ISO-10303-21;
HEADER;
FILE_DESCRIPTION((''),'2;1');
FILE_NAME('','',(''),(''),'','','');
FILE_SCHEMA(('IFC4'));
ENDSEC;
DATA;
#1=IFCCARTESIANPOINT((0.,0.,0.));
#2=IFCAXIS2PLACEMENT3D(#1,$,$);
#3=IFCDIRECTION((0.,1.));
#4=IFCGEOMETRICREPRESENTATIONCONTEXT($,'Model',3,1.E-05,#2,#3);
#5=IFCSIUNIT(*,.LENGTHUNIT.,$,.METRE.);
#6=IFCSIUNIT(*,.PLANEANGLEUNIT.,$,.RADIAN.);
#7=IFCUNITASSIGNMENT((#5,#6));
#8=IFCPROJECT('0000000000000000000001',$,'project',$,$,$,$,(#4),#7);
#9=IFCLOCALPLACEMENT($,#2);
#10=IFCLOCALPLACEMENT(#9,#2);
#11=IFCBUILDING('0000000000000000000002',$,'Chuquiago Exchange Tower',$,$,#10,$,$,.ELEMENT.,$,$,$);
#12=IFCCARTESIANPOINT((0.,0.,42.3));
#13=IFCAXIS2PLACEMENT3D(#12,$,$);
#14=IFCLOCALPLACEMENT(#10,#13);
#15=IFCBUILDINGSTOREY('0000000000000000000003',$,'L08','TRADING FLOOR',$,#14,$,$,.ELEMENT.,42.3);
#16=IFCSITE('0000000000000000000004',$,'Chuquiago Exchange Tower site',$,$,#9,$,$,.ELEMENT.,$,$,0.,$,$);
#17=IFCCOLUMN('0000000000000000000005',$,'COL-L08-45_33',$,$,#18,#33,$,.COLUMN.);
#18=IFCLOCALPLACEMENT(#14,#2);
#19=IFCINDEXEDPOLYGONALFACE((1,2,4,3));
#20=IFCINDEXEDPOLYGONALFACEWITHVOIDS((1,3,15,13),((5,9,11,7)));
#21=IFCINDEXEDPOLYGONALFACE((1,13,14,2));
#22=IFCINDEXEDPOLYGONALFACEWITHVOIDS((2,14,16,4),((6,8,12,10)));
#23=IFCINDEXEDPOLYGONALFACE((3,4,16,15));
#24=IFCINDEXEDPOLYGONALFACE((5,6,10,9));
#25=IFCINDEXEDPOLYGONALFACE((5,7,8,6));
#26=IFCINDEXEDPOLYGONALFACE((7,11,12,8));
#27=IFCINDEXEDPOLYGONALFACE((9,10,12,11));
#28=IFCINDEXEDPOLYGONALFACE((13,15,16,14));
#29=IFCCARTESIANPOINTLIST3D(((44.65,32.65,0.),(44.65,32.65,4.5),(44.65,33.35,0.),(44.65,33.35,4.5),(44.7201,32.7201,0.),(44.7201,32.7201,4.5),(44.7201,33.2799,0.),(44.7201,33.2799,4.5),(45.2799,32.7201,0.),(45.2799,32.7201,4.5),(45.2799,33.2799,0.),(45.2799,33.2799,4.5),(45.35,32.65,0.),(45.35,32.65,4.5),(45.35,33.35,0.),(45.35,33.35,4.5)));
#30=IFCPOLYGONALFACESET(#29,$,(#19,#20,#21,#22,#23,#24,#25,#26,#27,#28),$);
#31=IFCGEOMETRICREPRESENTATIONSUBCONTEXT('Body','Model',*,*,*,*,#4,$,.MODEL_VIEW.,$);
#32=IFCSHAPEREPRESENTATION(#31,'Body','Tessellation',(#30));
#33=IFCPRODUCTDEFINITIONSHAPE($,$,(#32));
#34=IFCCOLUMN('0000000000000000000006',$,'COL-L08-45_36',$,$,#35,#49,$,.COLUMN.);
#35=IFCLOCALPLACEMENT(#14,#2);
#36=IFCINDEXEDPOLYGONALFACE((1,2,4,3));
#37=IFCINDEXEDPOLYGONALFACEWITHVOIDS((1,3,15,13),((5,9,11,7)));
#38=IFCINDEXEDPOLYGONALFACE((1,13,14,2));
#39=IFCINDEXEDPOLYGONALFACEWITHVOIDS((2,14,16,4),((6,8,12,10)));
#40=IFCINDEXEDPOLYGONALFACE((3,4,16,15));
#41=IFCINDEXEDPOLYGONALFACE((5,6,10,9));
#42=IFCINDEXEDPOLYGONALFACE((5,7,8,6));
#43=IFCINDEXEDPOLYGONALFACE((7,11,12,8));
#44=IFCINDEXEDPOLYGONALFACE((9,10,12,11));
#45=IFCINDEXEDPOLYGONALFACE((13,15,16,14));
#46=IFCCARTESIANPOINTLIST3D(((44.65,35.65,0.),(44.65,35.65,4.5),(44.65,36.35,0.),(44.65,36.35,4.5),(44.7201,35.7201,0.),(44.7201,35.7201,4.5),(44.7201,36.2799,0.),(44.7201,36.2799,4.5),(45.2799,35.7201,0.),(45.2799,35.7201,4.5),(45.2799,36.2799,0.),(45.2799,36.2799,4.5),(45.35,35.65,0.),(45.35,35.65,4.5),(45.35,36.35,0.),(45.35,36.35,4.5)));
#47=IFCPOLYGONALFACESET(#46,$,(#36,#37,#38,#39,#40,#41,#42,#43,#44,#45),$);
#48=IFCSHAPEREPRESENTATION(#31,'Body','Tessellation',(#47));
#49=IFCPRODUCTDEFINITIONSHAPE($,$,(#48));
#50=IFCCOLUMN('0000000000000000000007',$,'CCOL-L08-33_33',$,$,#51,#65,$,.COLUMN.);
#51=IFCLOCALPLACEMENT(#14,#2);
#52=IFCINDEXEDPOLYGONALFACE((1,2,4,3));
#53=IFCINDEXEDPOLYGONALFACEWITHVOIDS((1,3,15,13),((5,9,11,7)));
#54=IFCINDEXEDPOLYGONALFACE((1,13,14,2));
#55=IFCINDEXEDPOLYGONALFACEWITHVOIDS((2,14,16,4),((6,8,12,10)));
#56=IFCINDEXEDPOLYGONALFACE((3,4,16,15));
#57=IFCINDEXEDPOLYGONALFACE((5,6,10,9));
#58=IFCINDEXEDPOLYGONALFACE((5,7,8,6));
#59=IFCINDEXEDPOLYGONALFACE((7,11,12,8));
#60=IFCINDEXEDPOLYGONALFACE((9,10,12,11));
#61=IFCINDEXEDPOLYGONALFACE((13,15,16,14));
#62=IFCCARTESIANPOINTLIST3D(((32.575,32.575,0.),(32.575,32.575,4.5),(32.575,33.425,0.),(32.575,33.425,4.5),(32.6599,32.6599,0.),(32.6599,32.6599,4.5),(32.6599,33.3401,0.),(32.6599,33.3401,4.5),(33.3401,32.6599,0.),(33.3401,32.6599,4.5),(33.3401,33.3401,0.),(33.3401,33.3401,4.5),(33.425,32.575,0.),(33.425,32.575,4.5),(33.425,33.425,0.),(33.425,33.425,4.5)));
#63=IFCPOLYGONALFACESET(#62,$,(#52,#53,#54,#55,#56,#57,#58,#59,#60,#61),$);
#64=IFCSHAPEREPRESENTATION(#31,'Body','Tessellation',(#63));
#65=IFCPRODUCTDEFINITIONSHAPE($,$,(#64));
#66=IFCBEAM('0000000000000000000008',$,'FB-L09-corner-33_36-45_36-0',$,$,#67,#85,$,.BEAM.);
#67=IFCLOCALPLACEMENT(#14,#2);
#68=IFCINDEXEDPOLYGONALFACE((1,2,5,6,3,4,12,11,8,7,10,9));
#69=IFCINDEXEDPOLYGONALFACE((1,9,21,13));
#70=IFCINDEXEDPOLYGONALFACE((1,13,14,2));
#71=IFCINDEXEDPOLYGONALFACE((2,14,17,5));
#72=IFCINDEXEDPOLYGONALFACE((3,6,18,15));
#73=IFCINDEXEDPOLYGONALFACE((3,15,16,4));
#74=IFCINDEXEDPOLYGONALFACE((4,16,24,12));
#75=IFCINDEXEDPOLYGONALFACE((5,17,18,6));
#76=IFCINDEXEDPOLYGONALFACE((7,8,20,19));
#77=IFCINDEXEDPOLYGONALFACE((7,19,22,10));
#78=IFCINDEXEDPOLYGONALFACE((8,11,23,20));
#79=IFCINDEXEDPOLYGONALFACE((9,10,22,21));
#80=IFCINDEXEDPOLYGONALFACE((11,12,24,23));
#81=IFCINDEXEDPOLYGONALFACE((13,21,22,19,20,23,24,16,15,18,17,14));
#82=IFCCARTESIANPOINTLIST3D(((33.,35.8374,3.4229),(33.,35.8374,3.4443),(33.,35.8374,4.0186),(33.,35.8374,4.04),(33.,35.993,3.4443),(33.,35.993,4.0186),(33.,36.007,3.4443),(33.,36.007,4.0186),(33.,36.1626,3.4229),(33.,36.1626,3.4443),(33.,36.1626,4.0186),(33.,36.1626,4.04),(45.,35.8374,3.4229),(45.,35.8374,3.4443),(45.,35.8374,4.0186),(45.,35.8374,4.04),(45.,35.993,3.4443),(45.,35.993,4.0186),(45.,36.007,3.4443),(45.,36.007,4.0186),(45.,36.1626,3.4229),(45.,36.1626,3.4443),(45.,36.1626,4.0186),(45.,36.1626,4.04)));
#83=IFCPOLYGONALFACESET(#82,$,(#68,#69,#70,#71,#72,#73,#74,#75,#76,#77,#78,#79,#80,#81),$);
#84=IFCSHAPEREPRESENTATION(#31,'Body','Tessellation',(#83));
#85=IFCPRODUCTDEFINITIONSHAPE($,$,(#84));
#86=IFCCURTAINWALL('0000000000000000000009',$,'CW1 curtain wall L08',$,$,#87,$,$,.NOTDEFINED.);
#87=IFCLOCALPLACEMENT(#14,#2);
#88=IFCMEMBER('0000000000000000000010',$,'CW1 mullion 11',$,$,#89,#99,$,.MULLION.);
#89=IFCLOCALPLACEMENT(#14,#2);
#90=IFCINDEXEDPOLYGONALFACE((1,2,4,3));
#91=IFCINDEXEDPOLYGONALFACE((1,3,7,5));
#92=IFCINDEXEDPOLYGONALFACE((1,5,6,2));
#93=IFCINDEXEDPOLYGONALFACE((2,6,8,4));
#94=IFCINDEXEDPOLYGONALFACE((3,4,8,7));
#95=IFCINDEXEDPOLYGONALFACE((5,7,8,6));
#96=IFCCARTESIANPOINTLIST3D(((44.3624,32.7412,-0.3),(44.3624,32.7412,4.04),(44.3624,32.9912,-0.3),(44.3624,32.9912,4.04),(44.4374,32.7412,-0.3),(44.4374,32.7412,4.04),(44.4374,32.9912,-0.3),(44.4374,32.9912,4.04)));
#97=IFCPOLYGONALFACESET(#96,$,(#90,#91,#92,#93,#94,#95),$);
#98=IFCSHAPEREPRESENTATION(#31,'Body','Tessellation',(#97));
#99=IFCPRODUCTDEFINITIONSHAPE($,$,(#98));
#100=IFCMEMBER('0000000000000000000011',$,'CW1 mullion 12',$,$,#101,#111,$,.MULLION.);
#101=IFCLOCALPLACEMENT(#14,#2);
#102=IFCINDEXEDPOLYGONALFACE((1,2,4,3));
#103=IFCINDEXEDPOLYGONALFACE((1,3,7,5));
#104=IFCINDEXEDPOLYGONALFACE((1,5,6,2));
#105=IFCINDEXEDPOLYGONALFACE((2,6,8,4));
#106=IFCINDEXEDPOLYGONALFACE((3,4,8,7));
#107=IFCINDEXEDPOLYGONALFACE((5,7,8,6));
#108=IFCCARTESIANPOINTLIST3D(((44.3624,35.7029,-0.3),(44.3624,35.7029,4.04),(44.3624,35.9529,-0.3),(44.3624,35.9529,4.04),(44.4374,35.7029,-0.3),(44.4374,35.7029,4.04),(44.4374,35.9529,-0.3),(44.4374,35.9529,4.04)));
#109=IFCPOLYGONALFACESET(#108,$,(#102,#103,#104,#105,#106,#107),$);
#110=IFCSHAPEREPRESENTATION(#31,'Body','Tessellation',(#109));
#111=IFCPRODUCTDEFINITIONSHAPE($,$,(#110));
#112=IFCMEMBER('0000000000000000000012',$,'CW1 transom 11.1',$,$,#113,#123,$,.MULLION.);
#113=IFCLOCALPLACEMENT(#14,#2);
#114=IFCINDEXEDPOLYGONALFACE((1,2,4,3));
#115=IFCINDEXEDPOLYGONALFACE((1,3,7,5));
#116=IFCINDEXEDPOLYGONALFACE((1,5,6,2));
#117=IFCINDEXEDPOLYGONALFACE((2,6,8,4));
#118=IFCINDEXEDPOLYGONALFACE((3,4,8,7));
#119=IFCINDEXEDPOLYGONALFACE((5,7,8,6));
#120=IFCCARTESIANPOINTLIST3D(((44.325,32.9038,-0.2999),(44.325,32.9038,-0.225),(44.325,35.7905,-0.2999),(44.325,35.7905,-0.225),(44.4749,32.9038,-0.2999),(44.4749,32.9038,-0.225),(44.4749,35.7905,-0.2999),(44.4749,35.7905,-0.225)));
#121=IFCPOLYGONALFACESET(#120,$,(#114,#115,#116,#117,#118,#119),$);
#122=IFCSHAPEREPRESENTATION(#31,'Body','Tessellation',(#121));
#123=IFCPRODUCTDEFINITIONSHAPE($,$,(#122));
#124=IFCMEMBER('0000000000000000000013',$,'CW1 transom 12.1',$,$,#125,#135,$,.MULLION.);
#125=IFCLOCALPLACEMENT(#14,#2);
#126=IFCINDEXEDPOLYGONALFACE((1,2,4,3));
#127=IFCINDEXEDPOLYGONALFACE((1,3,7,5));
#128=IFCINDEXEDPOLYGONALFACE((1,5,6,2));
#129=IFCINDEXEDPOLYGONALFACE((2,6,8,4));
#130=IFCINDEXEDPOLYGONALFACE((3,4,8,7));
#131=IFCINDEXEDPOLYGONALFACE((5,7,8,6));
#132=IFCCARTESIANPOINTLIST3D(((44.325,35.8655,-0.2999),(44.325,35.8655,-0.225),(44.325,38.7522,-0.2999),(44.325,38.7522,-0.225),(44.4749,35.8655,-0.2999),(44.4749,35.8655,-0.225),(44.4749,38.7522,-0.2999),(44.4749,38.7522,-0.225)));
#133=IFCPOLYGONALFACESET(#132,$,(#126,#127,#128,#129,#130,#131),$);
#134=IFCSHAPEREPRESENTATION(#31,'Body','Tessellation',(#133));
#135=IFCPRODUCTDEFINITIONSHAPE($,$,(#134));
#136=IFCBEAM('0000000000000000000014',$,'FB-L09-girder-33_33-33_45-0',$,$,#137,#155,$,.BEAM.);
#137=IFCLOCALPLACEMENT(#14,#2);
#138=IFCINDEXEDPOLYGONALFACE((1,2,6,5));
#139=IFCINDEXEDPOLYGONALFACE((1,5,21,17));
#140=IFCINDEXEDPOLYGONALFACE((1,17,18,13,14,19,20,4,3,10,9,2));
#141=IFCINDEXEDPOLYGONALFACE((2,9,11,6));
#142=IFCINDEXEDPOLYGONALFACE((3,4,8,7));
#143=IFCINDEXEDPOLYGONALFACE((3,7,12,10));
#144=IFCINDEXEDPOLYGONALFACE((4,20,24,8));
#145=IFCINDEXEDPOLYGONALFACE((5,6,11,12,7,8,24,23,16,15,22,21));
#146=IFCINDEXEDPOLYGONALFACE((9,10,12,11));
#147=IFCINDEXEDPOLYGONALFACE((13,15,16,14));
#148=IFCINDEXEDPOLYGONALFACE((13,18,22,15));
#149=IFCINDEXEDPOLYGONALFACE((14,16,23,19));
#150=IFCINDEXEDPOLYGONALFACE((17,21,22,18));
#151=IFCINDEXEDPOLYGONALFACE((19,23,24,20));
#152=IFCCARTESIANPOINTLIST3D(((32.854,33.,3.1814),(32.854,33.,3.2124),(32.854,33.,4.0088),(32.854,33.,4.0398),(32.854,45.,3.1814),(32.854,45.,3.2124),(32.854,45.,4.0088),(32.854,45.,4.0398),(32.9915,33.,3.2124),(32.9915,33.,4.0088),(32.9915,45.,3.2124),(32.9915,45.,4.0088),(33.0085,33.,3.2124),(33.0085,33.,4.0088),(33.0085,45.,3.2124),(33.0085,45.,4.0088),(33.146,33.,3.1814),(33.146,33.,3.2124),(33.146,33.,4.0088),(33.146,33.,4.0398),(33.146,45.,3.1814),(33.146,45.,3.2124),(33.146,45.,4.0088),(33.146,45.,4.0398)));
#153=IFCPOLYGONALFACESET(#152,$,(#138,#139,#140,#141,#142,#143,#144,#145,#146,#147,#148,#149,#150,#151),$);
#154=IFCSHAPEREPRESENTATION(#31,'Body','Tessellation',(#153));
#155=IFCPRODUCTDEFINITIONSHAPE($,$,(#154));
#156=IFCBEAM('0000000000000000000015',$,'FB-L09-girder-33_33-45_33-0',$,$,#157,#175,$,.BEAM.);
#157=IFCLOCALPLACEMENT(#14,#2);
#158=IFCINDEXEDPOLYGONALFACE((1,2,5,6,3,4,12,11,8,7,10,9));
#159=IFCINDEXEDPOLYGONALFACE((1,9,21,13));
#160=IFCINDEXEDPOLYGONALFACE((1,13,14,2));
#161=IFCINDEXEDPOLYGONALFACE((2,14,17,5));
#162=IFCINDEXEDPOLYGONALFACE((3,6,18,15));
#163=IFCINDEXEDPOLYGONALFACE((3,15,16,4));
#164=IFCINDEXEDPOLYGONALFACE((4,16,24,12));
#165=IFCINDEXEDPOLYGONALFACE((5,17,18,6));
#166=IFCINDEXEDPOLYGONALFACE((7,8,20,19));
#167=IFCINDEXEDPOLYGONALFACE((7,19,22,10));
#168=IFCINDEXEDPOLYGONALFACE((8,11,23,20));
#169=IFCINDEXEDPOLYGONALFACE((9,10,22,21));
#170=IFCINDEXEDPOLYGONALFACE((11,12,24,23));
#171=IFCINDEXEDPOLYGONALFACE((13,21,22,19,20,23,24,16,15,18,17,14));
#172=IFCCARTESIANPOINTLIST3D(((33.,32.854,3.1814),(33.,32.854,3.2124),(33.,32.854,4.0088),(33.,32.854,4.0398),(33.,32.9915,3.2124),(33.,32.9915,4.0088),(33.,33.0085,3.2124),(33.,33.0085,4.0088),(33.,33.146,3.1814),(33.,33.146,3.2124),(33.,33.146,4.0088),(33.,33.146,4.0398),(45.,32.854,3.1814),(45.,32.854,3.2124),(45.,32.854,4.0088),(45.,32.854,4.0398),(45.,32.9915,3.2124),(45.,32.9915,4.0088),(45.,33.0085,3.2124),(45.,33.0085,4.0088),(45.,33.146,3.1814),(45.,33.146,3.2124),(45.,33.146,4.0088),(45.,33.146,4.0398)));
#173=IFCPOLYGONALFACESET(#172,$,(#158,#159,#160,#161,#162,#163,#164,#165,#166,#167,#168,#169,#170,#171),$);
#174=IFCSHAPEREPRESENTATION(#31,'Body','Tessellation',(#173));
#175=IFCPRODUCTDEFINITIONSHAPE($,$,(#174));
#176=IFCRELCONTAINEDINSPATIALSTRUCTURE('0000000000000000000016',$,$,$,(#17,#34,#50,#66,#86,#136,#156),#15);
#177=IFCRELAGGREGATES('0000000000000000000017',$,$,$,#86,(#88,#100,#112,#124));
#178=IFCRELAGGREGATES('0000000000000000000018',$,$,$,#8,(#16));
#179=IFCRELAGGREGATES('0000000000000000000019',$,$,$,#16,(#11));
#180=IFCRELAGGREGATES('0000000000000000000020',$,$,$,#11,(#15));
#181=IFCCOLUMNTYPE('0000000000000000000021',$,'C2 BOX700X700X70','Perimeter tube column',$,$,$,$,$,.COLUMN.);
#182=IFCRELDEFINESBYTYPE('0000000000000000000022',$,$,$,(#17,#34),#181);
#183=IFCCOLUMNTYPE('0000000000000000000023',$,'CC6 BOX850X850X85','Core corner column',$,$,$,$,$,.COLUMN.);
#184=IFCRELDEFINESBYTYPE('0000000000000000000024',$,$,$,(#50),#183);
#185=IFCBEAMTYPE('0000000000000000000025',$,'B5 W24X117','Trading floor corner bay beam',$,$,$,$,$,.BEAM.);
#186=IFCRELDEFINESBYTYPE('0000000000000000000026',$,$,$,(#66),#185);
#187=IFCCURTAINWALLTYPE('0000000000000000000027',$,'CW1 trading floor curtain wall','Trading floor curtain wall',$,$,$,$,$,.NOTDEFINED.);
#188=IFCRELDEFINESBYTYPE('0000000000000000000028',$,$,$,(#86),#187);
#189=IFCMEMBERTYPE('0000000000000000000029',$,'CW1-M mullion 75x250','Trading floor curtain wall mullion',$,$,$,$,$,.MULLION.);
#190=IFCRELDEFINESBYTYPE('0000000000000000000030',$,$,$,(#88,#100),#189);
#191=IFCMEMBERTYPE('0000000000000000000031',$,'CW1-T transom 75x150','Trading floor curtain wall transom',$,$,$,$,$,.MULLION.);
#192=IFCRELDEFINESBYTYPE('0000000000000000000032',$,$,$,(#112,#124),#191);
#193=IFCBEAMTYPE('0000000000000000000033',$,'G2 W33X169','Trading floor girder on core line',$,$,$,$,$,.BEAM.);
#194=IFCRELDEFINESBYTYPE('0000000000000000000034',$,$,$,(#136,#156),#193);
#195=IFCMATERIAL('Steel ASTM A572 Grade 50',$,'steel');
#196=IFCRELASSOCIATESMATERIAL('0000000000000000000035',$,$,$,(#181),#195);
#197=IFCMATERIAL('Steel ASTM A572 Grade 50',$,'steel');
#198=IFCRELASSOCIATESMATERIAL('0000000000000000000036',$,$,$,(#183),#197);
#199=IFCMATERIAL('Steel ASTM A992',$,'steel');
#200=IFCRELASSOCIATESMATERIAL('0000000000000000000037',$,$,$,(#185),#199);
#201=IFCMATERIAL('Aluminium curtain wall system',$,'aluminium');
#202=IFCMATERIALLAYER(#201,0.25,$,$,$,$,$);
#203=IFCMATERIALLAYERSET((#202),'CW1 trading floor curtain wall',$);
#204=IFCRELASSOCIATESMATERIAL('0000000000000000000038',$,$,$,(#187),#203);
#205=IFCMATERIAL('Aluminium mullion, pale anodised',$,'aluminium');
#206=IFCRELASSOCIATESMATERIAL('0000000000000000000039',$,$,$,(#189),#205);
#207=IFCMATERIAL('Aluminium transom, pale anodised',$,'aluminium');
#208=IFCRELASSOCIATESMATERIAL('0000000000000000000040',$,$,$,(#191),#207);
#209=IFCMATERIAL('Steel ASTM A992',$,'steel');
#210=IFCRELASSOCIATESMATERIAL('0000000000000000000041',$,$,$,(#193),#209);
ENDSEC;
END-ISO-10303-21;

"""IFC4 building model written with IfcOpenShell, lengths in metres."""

from ifc_helpers import new_model, si_unit, direction, frame, origin, origin_2d, place, context, subcontext, project, spatial, rectangle, hollow_rectangle, i_section, extrude, material, layer, layer_set, material_profile, profile_set, type_object, element, aggregate, save


model = new_model("IFC4")

# Units and contexts
model_context = context("Model", 3, precision=1e-05, world=origin(), true_north=direction((0.0, 1.0)))
body_context = subcontext(model_context, "Body", "Model", "MODEL_VIEW")
ifc_project = project(units=[si_unit("LENGTHUNIT", "METRE"), si_unit("PLANEANGLEUNIT", "RADIAN")], contexts=[model_context])

# Site, building, storey
site_placement = place(None, origin())
site = spatial("IfcSite", under=ifc_project, at=site_placement, Name="Chuquiago Exchange Tower site", CompositionType="ELEMENT", RefElevation=0.0)
building_placement = place(site_placement, origin())
building = spatial("IfcBuilding", under=site, at=building_placement, Name="Chuquiago Exchange Tower", CompositionType="ELEMENT")
storey_placement = place(building_placement, frame((0.0, 0.0, 42.3)))
storey = spatial("IfcBuildingStorey", under=building, at=storey_placement, Name="L08", Description="TRADING FLOOR", CompositionType="ELEMENT", Elevation=42.3)

# Columns
ifc_material_1 = material(Name="Steel ASTM A572 Grade 50", Category="steel")
ifc_material_profile_1 = material_profile(ifc_material_1, hollow_rectangle(XDim=0.7, YDim=0.7, WallThickness=0.0701, at=origin_2d()), Name="BOX700X700X70")
ifc_profile_set_1 = profile_set([ifc_material_profile_1], Name="Steel ASTM A572 Grade 50")
column_type_1 = type_object("IfcColumnType", Name="C2 BOX700X700X70", Description="Perimeter tube column", PredefinedType="COLUMN", material=ifc_profile_set_1)
for number, where, z_axis, x_axis, name in (
    (1, (45.0, 33.0, 0.0), (0.0, 0.0, 1.0), (1.0, 0.0, 0.0), "COL-L08-45_33"),
    (2, (45.0, 36.0, 0.0), (0.0, 0.0, 1.0), (1.0, 0.0, 0.0), "COL-L08-45_36"),
):
    element("IfcColumn", number, at=place(storey_placement, frame(where, z_axis=z_axis, x_axis=x_axis)), inside=storey, type_object=column_type_1, Name=name, PredefinedType="COLUMN", context=body_context, shape_type="SweptSolid", body=[
        extrude(hollow_rectangle(XDim=0.7, YDim=0.7, WallThickness=0.0701, at=origin_2d()), origin(), (0.0, 0.0, 1.0), 4.5),
    ])
ifc_material_2 = material(Name="Steel ASTM A572 Grade 50", Category="steel")
ifc_material_profile_2 = material_profile(ifc_material_2, hollow_rectangle(XDim=0.8501, YDim=0.8501, WallThickness=0.085, at=origin_2d()), Name="BOX850X850X85")
ifc_profile_set_2 = profile_set([ifc_material_profile_2], Name="Steel ASTM A572 Grade 50")
column_type_2 = type_object("IfcColumnType", Name="CC6 BOX850X850X85", Description="Core corner column", PredefinedType="COLUMN", material=ifc_profile_set_2)
column_placement = place(storey_placement, frame((33.0, 33.0, 0.0), z_axis=(0.0, 0.0, 1.0), x_axis=(1.0, 0.0, 0.0)))
element("IfcColumn", 3, at=column_placement, inside=storey, type_object=column_type_2, Name="CCOL-L08-33_33", PredefinedType="COLUMN", context=body_context, shape_type="SweptSolid", body=[
    extrude(hollow_rectangle(XDim=0.8501, YDim=0.8501, WallThickness=0.085, at=origin_2d()), origin(), (0.0, 0.0, 1.0), 4.5),
])

# Beam
ifc_material_3 = material(Name="Steel ASTM A992", Category="steel")
ifc_material_profile_3 = material_profile(ifc_material_3, i_section(OverallWidth=0.3252, OverallDepth=0.6172, WebThickness=0.0139, FlangeThickness=0.0215, at=origin_2d()), Name="W24X117")
ifc_profile_set_3 = profile_set([ifc_material_profile_3], Name="Steel ASTM A992")
beam_type_1 = type_object("IfcBeamType", Name="B5 W24X117", Description="Trading floor corner bay beam", PredefinedType="BEAM", material=ifc_profile_set_3)
beam_placement = place(storey_placement, frame((33.0, 36.0, 3.7314), z_axis=(1.0, 0.0, 0.0), x_axis=(0.0, 1.0, 0.0)))
element("IfcBeam", 4, at=beam_placement, inside=storey, type_object=beam_type_1, Name="FB-L09-corner-33_36-45_36-0", PredefinedType="BEAM", context=body_context, shape_type="SweptSolid", body=[
    extrude(i_section(OverallWidth=0.3252, OverallDepth=0.6172, WebThickness=0.0139, FlangeThickness=0.0215, at=origin_2d()), origin(), (0.0, 0.0, 1.0), 12.0),
])

# Curtain wall, members
ifc_material_4 = material(Name="Aluminium curtain wall system", Category="aluminium")
ifc_layer_1 = layer(ifc_material_4, 0.25)
ifc_layer_set_1 = layer_set([ifc_layer_1], Name="CW1 trading floor curtain wall")
curtain_wall_type = type_object("IfcCurtainWallType", Name="CW1 trading floor curtain wall", Description="Trading floor curtain wall", PredefinedType="NOTDEFINED", material=ifc_layer_set_1)
curtain_wall_placement = place(storey_placement, origin())
curtain_wall = element("IfcCurtainWall", 5, at=curtain_wall_placement, inside=storey, type_object=curtain_wall_type, Name="CW1 curtain wall L08", PredefinedType="NOTDEFINED")
ifc_material_5 = material(Name="Aluminium mullion, pale anodised", Category="aluminium")
ifc_material_profile_4 = material_profile(ifc_material_5, rectangle(XDim=0.075, YDim=0.25, at=origin_2d()), Name="AL 75x250")
ifc_profile_set_4 = profile_set([ifc_material_profile_4], Name="Aluminium mullion, pale anodised")
member_type_1 = type_object("IfcMemberType", Name="CW1-M mullion 75x250", Description="Trading floor curtain wall mullion", PredefinedType="MULLION", material=ifc_profile_set_4)
member_1_placement = place(storey_placement, frame((44.3999, 32.8662, -0.3), z_axis=(0.0, 0.0, 1.0), x_axis=(-1.0, 0.0, 0.0)))
member_1 = element("IfcMember", 6, at=member_1_placement, type_object=member_type_1, Name="CW1 mullion 11", PredefinedType="MULLION", context=body_context, shape_type="SweptSolid", body=[
    extrude(rectangle(XDim=0.075, YDim=0.25, at=origin_2d()), origin(), (0.0, 0.0, 1.0), 4.3401),
])
member_2_placement = place(storey_placement, frame((44.3999, 35.8279, -0.3), z_axis=(0.0, 0.0, 1.0), x_axis=(-1.0, 0.0, 0.0)))
member_2 = element("IfcMember", 7, at=member_2_placement, type_object=member_type_1, Name="CW1 mullion 12", PredefinedType="MULLION", context=body_context, shape_type="SweptSolid", body=[
    extrude(rectangle(XDim=0.075, YDim=0.25, at=origin_2d()), origin(), (0.0, 0.0, 1.0), 4.3401),
])
ifc_material_6 = material(Name="Aluminium transom, pale anodised", Category="aluminium")
ifc_material_profile_5 = material_profile(ifc_material_6, rectangle(XDim=0.1499, YDim=0.075, at=origin_2d()), Name="AL 150x75")
ifc_profile_set_5 = profile_set([ifc_material_profile_5], Name="Aluminium transom, pale anodised")
member_type_2 = type_object("IfcMemberType", Name="CW1-T transom 75x150", Description="Trading floor curtain wall transom", PredefinedType="MULLION", material=ifc_profile_set_5)
member_3_placement = place(storey_placement, frame((44.3999, 32.9038, -0.2625), z_axis=(0.0, 1.0, 0.0), x_axis=(-1.0, 0.0, 0.0)))
member_3 = element("IfcMember", 8, at=member_3_placement, type_object=member_type_2, Name="CW1 transom 11.1", PredefinedType="MULLION", context=body_context, shape_type="SweptSolid", body=[
    extrude(rectangle(XDim=0.1499, YDim=0.075, at=origin_2d()), origin(), (0.0, 0.0, 1.0), 2.8867),
])
member_4_placement = place(storey_placement, frame((44.3999, 35.8655, -0.2625), z_axis=(0.0, 1.0, 0.0), x_axis=(-1.0, 0.0, 0.0)))
member_4 = element("IfcMember", 9, at=member_4_placement, type_object=member_type_2, Name="CW1 transom 12.1", PredefinedType="MULLION", context=body_context, shape_type="SweptSolid", body=[
    extrude(rectangle(XDim=0.1499, YDim=0.075, at=origin_2d()), origin(), (0.0, 0.0, 1.0), 2.8867),
])

# Beams
ifc_material_7 = material(Name="Steel ASTM A992", Category="steel")
ifc_material_profile_6 = material_profile(ifc_material_7, i_section(OverallWidth=0.292, OverallDepth=0.8584, WebThickness=0.0171, FlangeThickness=0.031, at=origin_2d()), Name="W33X169")
ifc_profile_set_6 = profile_set([ifc_material_profile_6], Name="Steel ASTM A992")
beam_type_2 = type_object("IfcBeamType", Name="G2 W33X169", Description="Trading floor girder on core line", PredefinedType="BEAM", material=ifc_profile_set_6)
for number, where, z_axis, x_axis, name in (
    (10, (33.0, 33.0, 3.6106), (0.0, 1.0, 0.0), (-1.0, 0.0, 0.0), "FB-L09-girder-33_33-33_45-0"),
    (11, (33.0, 33.0, 3.6106), (1.0, 0.0, 0.0), (0.0, 1.0, 0.0), "FB-L09-girder-33_33-45_33-0"),
):
    element("IfcBeam", number, at=place(storey_placement, frame(where, z_axis=z_axis, x_axis=x_axis)), inside=storey, type_object=beam_type_2, Name=name, PredefinedType="BEAM", context=body_context, shape_type="SweptSolid", body=[
        extrude(i_section(OverallWidth=0.292, OverallDepth=0.8584, WebThickness=0.0171, FlangeThickness=0.031, at=origin_2d()), origin(), (0.0, 0.0, 1.0), 12.0),
    ])

aggregate(curtain_wall, [member_1, member_2, member_3, member_4])

save(model, "model.ifc")
